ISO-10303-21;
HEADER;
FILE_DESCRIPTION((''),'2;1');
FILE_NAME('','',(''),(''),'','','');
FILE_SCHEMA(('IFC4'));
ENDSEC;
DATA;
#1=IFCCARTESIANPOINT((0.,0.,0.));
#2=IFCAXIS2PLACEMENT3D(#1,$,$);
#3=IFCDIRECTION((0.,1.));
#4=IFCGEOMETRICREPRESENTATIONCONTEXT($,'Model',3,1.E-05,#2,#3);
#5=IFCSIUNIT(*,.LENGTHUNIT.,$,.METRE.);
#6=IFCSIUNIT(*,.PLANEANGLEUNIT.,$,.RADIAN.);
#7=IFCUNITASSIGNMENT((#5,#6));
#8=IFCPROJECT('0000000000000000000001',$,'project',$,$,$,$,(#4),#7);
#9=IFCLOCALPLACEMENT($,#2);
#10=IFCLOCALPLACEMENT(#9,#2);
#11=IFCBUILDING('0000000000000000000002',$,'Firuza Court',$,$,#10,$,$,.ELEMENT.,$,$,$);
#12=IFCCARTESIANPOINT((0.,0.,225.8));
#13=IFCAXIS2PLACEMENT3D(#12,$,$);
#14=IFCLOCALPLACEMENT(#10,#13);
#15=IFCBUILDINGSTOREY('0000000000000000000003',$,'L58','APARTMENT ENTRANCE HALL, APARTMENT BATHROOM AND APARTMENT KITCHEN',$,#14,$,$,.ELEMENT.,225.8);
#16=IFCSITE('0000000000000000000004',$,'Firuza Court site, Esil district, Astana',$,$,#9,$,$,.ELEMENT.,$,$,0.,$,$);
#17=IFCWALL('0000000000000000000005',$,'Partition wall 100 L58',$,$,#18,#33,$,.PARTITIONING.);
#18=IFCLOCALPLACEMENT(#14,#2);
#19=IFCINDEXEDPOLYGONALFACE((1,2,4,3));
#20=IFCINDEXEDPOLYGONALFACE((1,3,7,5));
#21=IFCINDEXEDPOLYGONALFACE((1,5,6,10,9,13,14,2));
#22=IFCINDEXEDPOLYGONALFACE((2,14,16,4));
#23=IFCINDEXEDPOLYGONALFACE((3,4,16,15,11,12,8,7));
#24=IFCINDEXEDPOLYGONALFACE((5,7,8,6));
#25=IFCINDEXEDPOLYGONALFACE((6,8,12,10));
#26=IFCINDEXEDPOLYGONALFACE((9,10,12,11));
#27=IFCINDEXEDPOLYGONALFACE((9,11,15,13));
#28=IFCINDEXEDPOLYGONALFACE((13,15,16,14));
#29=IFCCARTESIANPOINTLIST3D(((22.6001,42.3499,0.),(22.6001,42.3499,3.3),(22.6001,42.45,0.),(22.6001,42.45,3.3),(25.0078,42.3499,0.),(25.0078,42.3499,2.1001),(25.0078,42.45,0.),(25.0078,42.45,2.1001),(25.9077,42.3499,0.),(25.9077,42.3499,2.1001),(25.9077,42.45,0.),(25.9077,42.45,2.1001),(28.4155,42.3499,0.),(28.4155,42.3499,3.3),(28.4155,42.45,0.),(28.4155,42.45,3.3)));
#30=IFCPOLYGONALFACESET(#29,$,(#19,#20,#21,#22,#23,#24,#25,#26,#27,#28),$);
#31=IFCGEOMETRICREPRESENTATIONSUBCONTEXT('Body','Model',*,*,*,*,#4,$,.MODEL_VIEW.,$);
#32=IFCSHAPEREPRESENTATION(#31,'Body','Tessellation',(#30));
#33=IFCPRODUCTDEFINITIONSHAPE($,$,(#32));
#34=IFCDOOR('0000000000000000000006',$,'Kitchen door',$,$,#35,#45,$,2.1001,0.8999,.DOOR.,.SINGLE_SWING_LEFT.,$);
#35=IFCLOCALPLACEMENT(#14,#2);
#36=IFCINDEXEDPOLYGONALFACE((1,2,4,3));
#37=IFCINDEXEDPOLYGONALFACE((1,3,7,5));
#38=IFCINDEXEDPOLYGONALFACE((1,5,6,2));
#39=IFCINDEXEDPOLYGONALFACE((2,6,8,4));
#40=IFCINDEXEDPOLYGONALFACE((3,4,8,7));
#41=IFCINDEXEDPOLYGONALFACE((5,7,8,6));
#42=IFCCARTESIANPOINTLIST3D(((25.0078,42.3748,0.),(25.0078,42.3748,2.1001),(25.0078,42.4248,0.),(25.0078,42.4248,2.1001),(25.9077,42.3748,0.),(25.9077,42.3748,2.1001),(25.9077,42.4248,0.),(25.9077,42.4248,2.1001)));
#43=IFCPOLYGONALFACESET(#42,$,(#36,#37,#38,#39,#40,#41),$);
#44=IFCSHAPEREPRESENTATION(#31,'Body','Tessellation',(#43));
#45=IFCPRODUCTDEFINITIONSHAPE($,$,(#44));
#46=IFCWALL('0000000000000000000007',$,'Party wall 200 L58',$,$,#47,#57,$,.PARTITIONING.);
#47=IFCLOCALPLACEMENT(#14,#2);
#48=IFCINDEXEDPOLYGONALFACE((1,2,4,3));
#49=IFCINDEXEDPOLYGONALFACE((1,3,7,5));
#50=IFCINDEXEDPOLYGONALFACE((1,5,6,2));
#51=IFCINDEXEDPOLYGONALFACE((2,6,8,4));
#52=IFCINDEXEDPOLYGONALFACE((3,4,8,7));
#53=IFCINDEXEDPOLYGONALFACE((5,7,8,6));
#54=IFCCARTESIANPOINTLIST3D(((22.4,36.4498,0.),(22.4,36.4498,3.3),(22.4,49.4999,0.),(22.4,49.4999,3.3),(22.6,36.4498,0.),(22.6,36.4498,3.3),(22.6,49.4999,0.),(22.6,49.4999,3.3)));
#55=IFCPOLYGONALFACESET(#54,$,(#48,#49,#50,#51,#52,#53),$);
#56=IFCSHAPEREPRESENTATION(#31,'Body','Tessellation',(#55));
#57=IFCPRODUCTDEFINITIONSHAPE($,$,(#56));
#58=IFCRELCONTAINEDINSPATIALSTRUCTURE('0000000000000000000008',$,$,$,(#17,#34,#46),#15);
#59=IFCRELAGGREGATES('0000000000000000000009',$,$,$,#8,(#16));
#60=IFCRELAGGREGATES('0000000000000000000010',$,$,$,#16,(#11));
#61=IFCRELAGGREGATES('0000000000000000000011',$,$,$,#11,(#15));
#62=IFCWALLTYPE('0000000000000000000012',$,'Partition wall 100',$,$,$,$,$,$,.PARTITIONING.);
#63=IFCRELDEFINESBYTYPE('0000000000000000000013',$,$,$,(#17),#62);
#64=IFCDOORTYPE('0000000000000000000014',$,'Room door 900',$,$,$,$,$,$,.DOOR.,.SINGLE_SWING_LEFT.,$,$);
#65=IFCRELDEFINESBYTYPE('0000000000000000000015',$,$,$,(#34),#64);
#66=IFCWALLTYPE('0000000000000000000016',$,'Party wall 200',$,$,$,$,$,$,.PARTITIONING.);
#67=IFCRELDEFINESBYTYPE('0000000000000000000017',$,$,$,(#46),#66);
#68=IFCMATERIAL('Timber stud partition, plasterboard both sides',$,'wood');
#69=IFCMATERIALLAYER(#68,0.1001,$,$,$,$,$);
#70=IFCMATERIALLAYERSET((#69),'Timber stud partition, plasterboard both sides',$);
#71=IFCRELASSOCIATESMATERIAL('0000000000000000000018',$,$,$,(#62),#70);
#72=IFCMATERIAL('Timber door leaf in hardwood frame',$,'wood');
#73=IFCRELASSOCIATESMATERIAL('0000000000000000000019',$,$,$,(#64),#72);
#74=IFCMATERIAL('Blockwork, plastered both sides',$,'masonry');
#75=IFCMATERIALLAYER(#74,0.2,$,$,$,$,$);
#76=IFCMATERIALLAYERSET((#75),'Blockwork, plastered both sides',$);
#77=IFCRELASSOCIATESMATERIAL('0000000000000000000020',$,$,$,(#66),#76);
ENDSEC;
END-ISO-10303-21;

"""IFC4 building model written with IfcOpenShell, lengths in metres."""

from ifc_helpers import new_model, si_unit, direction, frame, frame_2d, origin, place, context, subcontext, project, spatial, rectangle, extrude, material, layer, layer_set, type_object, element, fill, save


model = new_model("IFC4")

# Units and contexts
model_context = context("Model", 3, precision=1e-05, world=origin(), true_north=direction((0.0, 1.0)))
body_context = subcontext(model_context, "Body", "Model", "MODEL_VIEW")
ifc_project = project(units=[si_unit("LENGTHUNIT", "METRE"), si_unit("PLANEANGLEUNIT", "RADIAN")], contexts=[model_context])

# Site, building, storey
site_placement = place(None, origin())
site = spatial("IfcSite", under=ifc_project, at=site_placement, Name="Firuza Court site, Esil district, Astana", CompositionType="ELEMENT", RefElevation=0.0)
building_placement = place(site_placement, origin())
building = spatial("IfcBuilding", under=site, at=building_placement, Name="Firuza Court", CompositionType="ELEMENT")
storey_placement = place(building_placement, frame((0.0, 0.0, 225.8)))
storey = spatial("IfcBuildingStorey", under=building, at=storey_placement, Name="L58", Description="APARTMENT ENTRANCE HALL, APARTMENT BATHROOM AND APARTMENT KITCHEN", CompositionType="ELEMENT", Elevation=225.8)

# Shared definitions
ifc_material_1 = material(Name="Timber stud partition, plasterboard both sides", Category="wood")
ifc_layer_1 = layer(ifc_material_1, 0.1001)
ifc_layer_set_1 = layer_set([ifc_layer_1], Name="Timber stud partition, plasterboard both sides")
wall_type_1 = type_object("IfcWallType", Name="Partition wall 100", PredefinedType="PARTITIONING", material=ifc_layer_set_1)
ifc_material_2 = material(Name="Timber door leaf in hardwood frame", Category="wood")
door_type_1 = type_object("IfcDoorType", Name="Room door 900", OperationType="SINGLE_SWING_LEFT", PredefinedType="DOOR", material=ifc_material_2)

# Wall, opening, door
wall_1_placement = place(storey_placement, frame((22.6001, 42.3999, 0.0), z_axis=(0.0, 0.0, 1.0), x_axis=(1.0, 0.0, 0.0)))
wall_1 = element("IfcWall", 1, at=wall_1_placement, inside=storey, type_object=wall_type_1, Name="Partition wall 100 L58", PredefinedType="PARTITIONING", context=body_context, shape_type="SweptSolid", body=[
    extrude(rectangle(XDim=5.8154, YDim=0.1001, at=frame_2d((2.9077, 0.0))), origin(), (0.0, 0.0, 1.0), 3.3),
])
opening_1_placement = place(wall_1_placement, frame((2.4077, 0.0, 0.0)))
opening_1 = element("IfcOpeningElement", 2, at=opening_1_placement, cuts=wall_1, PredefinedType="OPENING", context=body_context, shape_type="SweptSolid", body=[
    extrude(rectangle(XDim=0.8999, YDim=2.1001, at=frame_2d((0.45, 1.05))), frame((0.0, 0.062, 0.0), z_axis=(0.0, -1.0, 0.0), x_axis=(1.0, 0.0, 0.0)), (0.0, 0.0, 1.0), 0.124),
])
door_1_placement = place(opening_1_placement, origin())
door_1 = element("IfcDoor", 3, at=door_1_placement, inside=storey, type_object=door_type_1, Name="Kitchen door", OperationType="SINGLE_SWING_LEFT", OverallHeight=2.1001, OverallWidth=0.8999, PredefinedType="DOOR", context=body_context, shape_type="SweptSolid", body=[
    extrude(rectangle(XDim=0.8999, YDim=2.1001, at=frame_2d((0.45, 1.05))), frame((0.0, 0.0249, 0.0), z_axis=(0.0, -1.0, 0.0), x_axis=(1.0, 0.0, 0.0)), (0.0, 0.0, 1.0), 0.05),
])
fill(opening_1, door_1)

# Wall
ifc_material_3 = material(Name="Blockwork, plastered both sides", Category="masonry")
ifc_layer_2 = layer(ifc_material_3, 0.2)
ifc_layer_set_2 = layer_set([ifc_layer_2], Name="Blockwork, plastered both sides")
wall_type_2 = type_object("IfcWallType", Name="Party wall 200", PredefinedType="PARTITIONING", material=ifc_layer_set_2)
wall_2_placement = place(storey_placement, frame((22.5, 36.45, 0.0), z_axis=(0.0, 0.0, 1.0), x_axis=(0.0, 1.0, 0.0)))
element("IfcWall", 4, at=wall_2_placement, inside=storey, type_object=wall_type_2, Name="Party wall 200 L58", PredefinedType="PARTITIONING", context=body_context, shape_type="SweptSolid", body=[
    extrude(rectangle(XDim=13.05, YDim=0.2, at=frame_2d((6.5249, 0.0))), origin(), (0.0, 0.0, 1.0), 3.3),
])

save(model, "model.ifc")
